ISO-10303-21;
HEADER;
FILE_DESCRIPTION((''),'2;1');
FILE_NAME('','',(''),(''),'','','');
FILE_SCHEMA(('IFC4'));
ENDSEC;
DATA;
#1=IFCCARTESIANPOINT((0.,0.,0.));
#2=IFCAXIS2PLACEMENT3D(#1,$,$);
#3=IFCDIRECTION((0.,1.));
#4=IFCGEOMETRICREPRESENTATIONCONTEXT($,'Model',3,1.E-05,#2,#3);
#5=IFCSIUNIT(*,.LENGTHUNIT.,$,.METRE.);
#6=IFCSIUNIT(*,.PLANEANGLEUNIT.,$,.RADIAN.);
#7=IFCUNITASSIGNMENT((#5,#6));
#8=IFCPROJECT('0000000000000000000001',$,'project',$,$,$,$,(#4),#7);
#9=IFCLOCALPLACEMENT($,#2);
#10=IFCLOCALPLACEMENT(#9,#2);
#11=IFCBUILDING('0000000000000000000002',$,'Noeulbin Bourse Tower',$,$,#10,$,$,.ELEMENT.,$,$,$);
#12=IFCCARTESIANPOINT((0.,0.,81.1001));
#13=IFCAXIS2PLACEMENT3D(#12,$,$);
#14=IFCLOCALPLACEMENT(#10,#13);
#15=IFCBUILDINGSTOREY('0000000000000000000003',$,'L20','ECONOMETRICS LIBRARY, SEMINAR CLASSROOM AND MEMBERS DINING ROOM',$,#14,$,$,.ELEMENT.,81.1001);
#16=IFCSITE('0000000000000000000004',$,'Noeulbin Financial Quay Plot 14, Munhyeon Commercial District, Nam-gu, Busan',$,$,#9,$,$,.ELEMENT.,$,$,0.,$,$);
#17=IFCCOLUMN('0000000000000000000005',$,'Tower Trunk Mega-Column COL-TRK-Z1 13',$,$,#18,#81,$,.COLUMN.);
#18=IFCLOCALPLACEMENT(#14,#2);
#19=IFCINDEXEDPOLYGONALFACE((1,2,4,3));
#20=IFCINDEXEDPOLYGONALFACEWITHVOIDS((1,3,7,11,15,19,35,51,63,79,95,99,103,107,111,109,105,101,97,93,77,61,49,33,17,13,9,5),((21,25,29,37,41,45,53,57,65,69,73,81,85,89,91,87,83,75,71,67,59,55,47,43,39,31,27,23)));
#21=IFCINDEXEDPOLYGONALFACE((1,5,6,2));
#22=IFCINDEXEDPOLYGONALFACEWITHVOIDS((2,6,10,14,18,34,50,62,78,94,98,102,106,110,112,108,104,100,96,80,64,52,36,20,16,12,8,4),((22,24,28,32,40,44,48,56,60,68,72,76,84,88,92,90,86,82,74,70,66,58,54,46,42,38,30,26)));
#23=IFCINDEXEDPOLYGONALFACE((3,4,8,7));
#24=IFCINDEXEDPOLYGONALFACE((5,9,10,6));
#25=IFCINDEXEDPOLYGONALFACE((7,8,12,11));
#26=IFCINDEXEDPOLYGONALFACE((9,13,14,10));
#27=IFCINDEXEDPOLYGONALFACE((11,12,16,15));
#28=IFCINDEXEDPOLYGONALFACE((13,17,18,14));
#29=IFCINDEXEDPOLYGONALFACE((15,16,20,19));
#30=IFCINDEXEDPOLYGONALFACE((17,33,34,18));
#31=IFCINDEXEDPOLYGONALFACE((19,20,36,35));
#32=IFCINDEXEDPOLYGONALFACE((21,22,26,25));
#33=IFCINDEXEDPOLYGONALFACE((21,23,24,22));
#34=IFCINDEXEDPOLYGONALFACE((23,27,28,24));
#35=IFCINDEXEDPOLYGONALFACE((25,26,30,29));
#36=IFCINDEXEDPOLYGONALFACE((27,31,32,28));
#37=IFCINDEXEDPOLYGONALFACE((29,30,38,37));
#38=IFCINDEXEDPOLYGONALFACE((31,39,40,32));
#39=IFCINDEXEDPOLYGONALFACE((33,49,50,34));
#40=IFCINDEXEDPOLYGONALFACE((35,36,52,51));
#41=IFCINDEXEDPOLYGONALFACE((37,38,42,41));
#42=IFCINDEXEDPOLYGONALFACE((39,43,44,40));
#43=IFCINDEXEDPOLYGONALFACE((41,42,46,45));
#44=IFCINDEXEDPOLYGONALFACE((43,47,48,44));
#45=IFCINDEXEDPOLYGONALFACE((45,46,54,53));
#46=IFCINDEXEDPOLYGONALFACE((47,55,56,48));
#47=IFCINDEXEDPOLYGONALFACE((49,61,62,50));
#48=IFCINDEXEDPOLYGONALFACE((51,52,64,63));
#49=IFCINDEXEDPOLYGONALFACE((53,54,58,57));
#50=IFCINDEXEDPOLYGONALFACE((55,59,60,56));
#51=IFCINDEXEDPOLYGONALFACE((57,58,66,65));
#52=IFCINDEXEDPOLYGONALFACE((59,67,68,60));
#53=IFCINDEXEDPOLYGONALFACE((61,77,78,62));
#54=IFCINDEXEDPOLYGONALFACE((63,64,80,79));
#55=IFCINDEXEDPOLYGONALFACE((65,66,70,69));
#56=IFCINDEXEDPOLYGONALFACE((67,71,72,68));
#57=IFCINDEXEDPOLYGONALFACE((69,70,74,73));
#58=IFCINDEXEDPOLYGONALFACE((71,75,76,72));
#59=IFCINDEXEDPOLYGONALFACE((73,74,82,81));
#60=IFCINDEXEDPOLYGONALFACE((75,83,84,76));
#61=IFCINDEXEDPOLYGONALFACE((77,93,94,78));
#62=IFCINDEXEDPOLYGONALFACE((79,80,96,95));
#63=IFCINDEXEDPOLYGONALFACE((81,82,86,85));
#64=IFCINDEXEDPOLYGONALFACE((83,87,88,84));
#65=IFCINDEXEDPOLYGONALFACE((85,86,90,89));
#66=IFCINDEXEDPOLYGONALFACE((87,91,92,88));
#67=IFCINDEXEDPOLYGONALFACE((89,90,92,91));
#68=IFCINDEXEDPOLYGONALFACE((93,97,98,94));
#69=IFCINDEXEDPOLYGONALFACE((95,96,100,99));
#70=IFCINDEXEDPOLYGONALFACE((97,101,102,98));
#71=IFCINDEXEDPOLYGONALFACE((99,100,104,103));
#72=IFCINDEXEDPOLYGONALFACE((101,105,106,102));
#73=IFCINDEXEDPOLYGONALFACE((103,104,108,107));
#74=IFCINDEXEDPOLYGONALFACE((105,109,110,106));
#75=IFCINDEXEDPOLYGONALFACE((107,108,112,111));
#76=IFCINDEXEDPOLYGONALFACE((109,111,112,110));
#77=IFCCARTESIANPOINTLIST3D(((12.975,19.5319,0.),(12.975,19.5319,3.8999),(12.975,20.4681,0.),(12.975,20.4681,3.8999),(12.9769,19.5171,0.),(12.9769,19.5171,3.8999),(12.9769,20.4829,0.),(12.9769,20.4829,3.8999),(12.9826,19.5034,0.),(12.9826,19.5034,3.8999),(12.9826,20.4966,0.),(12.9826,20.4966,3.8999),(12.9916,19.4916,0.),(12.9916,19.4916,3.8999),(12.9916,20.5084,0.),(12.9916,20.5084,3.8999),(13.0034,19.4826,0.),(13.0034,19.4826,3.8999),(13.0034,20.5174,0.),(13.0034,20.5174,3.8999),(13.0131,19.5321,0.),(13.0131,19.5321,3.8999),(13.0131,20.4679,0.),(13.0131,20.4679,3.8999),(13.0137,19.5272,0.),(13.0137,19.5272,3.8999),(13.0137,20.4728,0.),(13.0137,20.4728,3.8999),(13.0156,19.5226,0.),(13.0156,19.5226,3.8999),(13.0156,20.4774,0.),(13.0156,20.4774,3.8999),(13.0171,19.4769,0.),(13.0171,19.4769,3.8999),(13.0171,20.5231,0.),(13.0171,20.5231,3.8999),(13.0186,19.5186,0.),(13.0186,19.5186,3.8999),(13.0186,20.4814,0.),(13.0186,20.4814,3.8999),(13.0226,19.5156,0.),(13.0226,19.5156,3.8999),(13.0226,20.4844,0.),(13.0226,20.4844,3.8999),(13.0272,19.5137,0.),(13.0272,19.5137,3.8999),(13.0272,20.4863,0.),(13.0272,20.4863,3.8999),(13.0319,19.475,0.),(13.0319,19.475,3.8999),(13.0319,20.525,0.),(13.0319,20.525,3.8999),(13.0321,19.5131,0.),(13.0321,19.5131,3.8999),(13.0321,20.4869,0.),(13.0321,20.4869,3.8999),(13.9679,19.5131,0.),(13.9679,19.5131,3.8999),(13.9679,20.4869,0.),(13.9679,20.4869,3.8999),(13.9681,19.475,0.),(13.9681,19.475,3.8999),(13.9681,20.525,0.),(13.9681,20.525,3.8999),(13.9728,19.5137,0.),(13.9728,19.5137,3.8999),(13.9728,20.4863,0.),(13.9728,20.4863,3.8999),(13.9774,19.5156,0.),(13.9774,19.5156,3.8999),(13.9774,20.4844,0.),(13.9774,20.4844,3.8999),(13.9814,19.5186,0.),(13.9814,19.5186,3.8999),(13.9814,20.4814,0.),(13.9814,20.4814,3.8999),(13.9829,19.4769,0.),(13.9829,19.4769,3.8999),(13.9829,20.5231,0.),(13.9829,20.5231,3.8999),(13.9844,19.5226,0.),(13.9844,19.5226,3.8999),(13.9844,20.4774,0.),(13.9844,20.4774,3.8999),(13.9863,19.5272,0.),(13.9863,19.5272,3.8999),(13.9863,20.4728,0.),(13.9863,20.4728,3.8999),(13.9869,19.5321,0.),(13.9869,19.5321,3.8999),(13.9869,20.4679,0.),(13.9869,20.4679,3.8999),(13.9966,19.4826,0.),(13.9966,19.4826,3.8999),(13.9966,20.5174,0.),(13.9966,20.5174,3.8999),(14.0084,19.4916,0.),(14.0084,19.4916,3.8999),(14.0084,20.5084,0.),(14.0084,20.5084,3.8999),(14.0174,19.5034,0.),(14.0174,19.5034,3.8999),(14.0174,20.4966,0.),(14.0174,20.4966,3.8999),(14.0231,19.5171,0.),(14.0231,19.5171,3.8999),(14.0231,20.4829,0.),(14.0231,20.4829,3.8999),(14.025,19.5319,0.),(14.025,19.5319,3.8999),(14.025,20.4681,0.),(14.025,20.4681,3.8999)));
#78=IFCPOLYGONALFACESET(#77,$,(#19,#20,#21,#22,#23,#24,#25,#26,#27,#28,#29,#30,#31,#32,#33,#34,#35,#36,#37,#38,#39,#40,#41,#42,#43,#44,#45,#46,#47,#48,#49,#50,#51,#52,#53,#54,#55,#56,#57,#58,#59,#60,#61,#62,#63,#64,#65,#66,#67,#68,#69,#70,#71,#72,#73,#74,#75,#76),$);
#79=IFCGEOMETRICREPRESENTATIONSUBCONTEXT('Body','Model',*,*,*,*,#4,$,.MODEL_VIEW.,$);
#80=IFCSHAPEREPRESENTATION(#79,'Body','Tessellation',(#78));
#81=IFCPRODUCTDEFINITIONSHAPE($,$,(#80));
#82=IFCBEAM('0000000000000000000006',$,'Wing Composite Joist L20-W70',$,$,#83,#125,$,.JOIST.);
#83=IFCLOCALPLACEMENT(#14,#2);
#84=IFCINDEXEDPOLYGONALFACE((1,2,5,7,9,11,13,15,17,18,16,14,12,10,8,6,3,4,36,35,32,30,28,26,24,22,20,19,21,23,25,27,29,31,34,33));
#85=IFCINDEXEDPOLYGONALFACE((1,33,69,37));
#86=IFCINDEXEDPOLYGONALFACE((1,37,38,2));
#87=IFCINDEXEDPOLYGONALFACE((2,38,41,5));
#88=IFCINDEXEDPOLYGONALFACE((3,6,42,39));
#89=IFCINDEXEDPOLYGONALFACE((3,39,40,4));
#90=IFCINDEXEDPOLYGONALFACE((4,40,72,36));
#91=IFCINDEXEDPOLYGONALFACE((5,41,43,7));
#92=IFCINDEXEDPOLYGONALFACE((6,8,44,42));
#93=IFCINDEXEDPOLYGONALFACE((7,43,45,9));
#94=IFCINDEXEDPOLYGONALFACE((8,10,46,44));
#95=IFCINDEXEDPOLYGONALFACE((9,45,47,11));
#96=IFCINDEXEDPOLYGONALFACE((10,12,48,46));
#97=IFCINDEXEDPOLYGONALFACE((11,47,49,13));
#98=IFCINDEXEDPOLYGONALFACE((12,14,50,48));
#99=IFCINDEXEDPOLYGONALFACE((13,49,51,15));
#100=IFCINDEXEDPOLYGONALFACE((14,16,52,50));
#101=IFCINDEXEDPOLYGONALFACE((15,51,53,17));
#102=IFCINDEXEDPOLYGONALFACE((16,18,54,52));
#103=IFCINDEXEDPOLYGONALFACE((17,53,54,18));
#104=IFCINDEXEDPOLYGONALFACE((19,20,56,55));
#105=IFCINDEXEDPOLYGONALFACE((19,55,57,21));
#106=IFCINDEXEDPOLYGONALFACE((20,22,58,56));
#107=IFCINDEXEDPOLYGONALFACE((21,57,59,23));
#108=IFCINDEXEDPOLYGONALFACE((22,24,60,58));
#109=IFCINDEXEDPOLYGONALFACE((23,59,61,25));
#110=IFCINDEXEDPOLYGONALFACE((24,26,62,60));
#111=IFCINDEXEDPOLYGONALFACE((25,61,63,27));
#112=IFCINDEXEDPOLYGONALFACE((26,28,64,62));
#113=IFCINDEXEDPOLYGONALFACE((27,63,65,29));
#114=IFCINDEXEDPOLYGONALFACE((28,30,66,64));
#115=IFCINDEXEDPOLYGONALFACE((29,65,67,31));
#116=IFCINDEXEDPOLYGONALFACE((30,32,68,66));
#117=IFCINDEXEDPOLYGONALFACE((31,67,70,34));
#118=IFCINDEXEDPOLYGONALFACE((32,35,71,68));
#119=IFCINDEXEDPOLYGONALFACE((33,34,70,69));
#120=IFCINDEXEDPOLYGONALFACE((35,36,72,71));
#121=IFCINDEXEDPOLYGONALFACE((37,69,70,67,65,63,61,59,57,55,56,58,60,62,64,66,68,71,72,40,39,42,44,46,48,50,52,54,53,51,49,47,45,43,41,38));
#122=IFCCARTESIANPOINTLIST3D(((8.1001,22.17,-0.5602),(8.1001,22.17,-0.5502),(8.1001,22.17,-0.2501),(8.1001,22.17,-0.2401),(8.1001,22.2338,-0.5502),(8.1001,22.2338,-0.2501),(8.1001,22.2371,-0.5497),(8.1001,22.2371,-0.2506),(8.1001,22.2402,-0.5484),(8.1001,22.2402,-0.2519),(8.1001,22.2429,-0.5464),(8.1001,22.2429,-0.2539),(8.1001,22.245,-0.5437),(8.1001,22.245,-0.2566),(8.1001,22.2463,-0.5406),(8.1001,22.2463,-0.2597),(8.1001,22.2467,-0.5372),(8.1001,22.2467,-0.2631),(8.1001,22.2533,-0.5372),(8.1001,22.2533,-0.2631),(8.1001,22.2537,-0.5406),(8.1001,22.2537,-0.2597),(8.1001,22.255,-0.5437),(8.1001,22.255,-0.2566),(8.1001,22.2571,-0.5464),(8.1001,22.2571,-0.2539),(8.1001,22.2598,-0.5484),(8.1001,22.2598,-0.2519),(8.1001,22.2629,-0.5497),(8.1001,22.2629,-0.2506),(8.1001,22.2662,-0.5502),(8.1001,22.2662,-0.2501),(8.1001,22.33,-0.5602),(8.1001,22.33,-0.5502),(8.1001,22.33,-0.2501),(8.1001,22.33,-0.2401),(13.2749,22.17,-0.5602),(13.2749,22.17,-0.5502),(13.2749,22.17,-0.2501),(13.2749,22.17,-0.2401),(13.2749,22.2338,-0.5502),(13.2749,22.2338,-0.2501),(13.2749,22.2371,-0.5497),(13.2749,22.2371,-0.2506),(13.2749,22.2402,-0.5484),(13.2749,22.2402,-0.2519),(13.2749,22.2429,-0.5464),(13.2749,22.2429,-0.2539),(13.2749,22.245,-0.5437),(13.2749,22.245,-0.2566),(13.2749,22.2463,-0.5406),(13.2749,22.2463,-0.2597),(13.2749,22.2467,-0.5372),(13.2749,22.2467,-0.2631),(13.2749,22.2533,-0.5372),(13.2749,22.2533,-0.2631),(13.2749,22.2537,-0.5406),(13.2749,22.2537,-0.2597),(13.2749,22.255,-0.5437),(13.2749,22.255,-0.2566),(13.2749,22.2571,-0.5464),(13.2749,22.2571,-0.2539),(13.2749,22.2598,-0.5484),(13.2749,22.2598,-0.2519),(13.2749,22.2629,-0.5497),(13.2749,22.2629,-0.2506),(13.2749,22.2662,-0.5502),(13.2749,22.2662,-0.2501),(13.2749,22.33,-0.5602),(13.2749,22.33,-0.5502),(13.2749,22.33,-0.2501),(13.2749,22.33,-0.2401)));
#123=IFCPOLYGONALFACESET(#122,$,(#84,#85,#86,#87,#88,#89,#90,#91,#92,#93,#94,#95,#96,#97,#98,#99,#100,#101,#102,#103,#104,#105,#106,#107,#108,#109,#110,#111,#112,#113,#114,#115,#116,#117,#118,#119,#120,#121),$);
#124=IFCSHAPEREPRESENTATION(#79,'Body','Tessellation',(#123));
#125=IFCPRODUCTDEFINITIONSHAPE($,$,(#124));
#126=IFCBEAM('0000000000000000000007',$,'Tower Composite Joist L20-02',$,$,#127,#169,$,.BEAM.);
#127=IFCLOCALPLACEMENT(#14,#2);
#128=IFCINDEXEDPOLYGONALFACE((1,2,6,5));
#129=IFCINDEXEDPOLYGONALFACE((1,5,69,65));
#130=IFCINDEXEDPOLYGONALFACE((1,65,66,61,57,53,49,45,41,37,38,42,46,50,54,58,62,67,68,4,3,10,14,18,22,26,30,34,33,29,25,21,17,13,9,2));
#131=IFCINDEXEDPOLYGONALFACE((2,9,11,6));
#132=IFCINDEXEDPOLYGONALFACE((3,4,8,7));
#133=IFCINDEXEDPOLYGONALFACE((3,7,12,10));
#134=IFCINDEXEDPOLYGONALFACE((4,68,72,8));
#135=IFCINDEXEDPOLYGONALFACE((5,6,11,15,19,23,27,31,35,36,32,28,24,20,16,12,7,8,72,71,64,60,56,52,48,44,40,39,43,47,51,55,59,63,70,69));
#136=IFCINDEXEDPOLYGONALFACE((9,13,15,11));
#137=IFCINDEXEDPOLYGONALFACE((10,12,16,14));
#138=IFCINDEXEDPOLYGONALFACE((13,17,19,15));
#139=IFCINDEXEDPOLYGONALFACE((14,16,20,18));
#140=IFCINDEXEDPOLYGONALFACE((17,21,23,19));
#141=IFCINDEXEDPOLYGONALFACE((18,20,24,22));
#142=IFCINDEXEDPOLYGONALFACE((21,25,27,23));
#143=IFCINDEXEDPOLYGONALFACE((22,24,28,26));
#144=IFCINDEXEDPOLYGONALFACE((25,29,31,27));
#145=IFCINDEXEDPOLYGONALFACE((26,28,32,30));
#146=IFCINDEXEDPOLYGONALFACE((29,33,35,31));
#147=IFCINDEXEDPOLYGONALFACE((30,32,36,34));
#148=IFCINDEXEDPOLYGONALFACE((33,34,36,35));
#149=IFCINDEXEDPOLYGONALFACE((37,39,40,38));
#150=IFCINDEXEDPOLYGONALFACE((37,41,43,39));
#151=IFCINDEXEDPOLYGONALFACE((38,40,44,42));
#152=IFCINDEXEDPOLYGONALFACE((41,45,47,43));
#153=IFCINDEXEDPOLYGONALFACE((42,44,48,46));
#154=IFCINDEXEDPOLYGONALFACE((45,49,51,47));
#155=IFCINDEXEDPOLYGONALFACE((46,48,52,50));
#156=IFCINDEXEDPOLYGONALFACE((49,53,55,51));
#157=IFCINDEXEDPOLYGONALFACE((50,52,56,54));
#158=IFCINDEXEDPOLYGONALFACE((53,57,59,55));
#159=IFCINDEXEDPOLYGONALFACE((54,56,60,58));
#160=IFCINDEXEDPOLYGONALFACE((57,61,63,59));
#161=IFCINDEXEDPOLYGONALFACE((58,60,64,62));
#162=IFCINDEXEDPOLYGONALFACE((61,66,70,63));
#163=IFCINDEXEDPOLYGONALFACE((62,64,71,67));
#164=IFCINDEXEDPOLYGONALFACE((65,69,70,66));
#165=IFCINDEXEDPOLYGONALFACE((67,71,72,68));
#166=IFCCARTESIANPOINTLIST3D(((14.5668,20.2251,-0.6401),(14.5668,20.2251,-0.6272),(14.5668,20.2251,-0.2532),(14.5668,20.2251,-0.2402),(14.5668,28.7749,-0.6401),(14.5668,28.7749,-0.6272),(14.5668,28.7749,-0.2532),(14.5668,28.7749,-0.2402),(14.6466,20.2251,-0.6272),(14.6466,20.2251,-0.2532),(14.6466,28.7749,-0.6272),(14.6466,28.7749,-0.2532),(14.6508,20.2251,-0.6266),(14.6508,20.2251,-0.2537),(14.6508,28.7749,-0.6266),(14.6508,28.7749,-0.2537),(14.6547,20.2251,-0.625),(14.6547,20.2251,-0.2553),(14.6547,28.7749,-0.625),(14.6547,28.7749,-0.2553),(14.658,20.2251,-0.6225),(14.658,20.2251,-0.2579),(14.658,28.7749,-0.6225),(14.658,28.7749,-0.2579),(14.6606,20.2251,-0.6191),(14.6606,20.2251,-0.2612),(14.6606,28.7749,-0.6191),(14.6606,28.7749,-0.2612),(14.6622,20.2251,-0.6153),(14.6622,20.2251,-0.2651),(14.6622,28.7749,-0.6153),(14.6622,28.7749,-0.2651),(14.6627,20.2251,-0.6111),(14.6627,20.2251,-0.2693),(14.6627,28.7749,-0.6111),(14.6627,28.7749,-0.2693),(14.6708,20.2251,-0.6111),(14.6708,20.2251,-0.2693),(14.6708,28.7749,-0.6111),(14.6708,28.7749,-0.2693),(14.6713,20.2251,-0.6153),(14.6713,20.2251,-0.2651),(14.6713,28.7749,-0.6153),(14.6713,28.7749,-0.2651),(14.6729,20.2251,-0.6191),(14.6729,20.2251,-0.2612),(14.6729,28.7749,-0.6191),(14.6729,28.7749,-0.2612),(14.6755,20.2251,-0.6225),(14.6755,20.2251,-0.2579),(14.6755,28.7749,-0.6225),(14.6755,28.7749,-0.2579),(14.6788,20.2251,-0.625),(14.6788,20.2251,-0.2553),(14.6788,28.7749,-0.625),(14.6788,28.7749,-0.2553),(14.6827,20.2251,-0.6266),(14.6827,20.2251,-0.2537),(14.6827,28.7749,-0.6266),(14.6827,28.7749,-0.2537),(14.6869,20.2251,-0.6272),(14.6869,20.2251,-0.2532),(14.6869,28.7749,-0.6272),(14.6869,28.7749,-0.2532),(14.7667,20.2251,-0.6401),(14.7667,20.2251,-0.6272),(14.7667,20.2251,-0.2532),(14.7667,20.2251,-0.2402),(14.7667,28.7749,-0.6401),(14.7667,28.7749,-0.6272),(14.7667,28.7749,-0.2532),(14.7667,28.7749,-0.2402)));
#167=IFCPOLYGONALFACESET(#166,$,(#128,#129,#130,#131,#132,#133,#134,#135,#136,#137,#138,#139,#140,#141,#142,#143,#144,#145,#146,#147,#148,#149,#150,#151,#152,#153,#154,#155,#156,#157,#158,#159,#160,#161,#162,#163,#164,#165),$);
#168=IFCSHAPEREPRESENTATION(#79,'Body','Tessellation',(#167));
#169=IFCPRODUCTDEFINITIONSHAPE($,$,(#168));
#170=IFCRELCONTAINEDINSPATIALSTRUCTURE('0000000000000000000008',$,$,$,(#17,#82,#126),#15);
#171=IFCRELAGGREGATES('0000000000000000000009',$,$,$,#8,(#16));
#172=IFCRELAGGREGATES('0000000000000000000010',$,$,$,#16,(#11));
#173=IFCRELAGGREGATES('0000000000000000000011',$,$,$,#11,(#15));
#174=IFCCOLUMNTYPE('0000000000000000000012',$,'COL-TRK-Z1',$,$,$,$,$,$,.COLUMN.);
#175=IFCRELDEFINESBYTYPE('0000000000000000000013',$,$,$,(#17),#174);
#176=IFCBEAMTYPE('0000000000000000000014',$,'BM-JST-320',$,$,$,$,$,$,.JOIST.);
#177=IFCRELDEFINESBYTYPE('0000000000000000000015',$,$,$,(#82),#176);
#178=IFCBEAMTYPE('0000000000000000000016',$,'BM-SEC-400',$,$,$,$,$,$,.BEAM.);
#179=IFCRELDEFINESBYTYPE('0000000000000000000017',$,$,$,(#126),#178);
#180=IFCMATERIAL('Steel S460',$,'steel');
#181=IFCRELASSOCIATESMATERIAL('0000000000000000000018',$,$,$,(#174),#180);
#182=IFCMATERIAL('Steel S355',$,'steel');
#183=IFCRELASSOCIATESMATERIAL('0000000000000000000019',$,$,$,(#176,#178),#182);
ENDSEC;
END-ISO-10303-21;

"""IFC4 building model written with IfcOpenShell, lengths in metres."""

from ifc_helpers import new_model, si_unit, direction, frame, origin, origin_2d, place, context, subcontext, project, spatial, hollow_rectangle, i_section, extrude, material, material_profile, profile_set, type_object, element, save


model = new_model("IFC4")

# Units and contexts
model_context = context("Model", 3, precision=1e-05, world=origin(), true_north=direction((0.0, 1.0)))
body_context = subcontext(model_context, "Body", "Model", "MODEL_VIEW")
ifc_project = project(units=[si_unit("LENGTHUNIT", "METRE"), si_unit("PLANEANGLEUNIT", "RADIAN")], contexts=[model_context])

# Site, building, storey
site_placement = place(None, origin())
site = spatial("IfcSite", under=ifc_project, at=site_placement, Name="Noeulbin Financial Quay Plot 14, Munhyeon Commercial District, Nam-gu, Busan", CompositionType="ELEMENT", RefElevation=0.0)
building_placement = place(site_placement, origin())
building = spatial("IfcBuilding", under=site, at=building_placement, Name="Noeulbin Bourse Tower", CompositionType="ELEMENT")
storey_placement = place(building_placement, frame((0.0, 0.0, 81.1001)))
storey = spatial("IfcBuildingStorey", under=building, at=storey_placement, Name="L20", Description="ECONOMETRICS LIBRARY, SEMINAR CLASSROOM AND MEMBERS DINING ROOM", CompositionType="ELEMENT", Elevation=81.1001)

# Column
ifc_material_1 = material(Name="Steel S460", Category="steel")
ifc_material_profile_1 = material_profile(ifc_material_1, hollow_rectangle(XDim=1.05, YDim=1.05, WallThickness=0.0381, InnerFilletRadius=0.019, OuterFilletRadius=0.0569, at=origin_2d()), Name="BOX-1050x1050x38", Category="LoadBearing")
ifc_profile_set_1 = profile_set([ifc_material_profile_1], Name="Steel S460")
column_type = type_object("IfcColumnType", Name="COL-TRK-Z1", PredefinedType="COLUMN", material=ifc_profile_set_1)
column_placement = place(storey_placement, frame((13.5, 20.0, 0.0), z_axis=(0.0, 0.0, 1.0), x_axis=(1.0, 0.0, 0.0)))
element("IfcColumn", 1, at=column_placement, inside=storey, type_object=column_type, Name="Tower Trunk Mega-Column COL-TRK-Z1 13", PredefinedType="COLUMN", context=body_context, shape_type="SweptSolid", body=[
    extrude(hollow_rectangle(XDim=1.05, YDim=1.05, WallThickness=0.0381, InnerFilletRadius=0.019, OuterFilletRadius=0.0569, at=origin_2d()), origin(), (0.0, 0.0, 1.0), 3.8999),
])

# Beams
ifc_material_2 = material(Name="Steel S355", Category="steel")
ifc_material_profile_2 = material_profile(ifc_material_2, i_section(OverallWidth=0.1599, OverallDepth=0.3201, WebThickness=0.0066, FlangeThickness=0.01, FilletRadius=0.0129, at=origin_2d()), Name="H-320x160x6.5x10", Category="LoadBearing")
ifc_profile_set_2 = profile_set([ifc_material_profile_2], Name="Steel S355")
beam_type_1 = type_object("IfcBeamType", Name="BM-JST-320", PredefinedType="JOIST", material=ifc_profile_set_2)
beam_1_placement = place(storey_placement, frame((8.1001, 22.25, -0.4001), z_axis=(1.0, 0.0, 0.0), x_axis=(0.0, 1.0, 0.0)))
element("IfcBeam", 2, at=beam_1_placement, inside=storey, type_object=beam_type_1, Name="Wing Composite Joist L20-W70", PredefinedType="JOIST", context=body_context, shape_type="SweptSolid", body=[
    extrude(i_section(OverallWidth=0.1599, OverallDepth=0.3201, WebThickness=0.0066, FlangeThickness=0.01, FilletRadius=0.0129, at=origin_2d()), origin(), (0.0, 0.0, 1.0), 5.1748),
])
ifc_material_profile_3 = material_profile(ifc_material_2, i_section(OverallWidth=0.2, OverallDepth=0.3999, WebThickness=0.0081, FlangeThickness=0.0129, FilletRadius=0.0161, at=origin_2d()), Name="H-400x200x8x13", Category="LoadBearing")
ifc_profile_set_3 = profile_set([ifc_material_profile_3], Name="Steel S355")
beam_type_2 = type_object("IfcBeamType", Name="BM-SEC-400", PredefinedType="BEAM", material=ifc_profile_set_3)
beam_2_placement = place(storey_placement, frame((14.6667, 20.2251, -0.4402), z_axis=(0.0, 1.0, 0.0), x_axis=(-1.0, 0.0, 0.0)))
element("IfcBeam", 3, at=beam_2_placement, inside=storey, type_object=beam_type_2, Name="Tower Composite Joist L20-02", PredefinedType="BEAM", context=body_context, shape_type="SweptSolid", body=[
    extrude(i_section(OverallWidth=0.2, OverallDepth=0.3999, WebThickness=0.0081, FlangeThickness=0.0129, FilletRadius=0.0161, at=origin_2d()), origin(), (0.0, 0.0, 1.0), 8.5498),
])

save(model, "model.ifc")
